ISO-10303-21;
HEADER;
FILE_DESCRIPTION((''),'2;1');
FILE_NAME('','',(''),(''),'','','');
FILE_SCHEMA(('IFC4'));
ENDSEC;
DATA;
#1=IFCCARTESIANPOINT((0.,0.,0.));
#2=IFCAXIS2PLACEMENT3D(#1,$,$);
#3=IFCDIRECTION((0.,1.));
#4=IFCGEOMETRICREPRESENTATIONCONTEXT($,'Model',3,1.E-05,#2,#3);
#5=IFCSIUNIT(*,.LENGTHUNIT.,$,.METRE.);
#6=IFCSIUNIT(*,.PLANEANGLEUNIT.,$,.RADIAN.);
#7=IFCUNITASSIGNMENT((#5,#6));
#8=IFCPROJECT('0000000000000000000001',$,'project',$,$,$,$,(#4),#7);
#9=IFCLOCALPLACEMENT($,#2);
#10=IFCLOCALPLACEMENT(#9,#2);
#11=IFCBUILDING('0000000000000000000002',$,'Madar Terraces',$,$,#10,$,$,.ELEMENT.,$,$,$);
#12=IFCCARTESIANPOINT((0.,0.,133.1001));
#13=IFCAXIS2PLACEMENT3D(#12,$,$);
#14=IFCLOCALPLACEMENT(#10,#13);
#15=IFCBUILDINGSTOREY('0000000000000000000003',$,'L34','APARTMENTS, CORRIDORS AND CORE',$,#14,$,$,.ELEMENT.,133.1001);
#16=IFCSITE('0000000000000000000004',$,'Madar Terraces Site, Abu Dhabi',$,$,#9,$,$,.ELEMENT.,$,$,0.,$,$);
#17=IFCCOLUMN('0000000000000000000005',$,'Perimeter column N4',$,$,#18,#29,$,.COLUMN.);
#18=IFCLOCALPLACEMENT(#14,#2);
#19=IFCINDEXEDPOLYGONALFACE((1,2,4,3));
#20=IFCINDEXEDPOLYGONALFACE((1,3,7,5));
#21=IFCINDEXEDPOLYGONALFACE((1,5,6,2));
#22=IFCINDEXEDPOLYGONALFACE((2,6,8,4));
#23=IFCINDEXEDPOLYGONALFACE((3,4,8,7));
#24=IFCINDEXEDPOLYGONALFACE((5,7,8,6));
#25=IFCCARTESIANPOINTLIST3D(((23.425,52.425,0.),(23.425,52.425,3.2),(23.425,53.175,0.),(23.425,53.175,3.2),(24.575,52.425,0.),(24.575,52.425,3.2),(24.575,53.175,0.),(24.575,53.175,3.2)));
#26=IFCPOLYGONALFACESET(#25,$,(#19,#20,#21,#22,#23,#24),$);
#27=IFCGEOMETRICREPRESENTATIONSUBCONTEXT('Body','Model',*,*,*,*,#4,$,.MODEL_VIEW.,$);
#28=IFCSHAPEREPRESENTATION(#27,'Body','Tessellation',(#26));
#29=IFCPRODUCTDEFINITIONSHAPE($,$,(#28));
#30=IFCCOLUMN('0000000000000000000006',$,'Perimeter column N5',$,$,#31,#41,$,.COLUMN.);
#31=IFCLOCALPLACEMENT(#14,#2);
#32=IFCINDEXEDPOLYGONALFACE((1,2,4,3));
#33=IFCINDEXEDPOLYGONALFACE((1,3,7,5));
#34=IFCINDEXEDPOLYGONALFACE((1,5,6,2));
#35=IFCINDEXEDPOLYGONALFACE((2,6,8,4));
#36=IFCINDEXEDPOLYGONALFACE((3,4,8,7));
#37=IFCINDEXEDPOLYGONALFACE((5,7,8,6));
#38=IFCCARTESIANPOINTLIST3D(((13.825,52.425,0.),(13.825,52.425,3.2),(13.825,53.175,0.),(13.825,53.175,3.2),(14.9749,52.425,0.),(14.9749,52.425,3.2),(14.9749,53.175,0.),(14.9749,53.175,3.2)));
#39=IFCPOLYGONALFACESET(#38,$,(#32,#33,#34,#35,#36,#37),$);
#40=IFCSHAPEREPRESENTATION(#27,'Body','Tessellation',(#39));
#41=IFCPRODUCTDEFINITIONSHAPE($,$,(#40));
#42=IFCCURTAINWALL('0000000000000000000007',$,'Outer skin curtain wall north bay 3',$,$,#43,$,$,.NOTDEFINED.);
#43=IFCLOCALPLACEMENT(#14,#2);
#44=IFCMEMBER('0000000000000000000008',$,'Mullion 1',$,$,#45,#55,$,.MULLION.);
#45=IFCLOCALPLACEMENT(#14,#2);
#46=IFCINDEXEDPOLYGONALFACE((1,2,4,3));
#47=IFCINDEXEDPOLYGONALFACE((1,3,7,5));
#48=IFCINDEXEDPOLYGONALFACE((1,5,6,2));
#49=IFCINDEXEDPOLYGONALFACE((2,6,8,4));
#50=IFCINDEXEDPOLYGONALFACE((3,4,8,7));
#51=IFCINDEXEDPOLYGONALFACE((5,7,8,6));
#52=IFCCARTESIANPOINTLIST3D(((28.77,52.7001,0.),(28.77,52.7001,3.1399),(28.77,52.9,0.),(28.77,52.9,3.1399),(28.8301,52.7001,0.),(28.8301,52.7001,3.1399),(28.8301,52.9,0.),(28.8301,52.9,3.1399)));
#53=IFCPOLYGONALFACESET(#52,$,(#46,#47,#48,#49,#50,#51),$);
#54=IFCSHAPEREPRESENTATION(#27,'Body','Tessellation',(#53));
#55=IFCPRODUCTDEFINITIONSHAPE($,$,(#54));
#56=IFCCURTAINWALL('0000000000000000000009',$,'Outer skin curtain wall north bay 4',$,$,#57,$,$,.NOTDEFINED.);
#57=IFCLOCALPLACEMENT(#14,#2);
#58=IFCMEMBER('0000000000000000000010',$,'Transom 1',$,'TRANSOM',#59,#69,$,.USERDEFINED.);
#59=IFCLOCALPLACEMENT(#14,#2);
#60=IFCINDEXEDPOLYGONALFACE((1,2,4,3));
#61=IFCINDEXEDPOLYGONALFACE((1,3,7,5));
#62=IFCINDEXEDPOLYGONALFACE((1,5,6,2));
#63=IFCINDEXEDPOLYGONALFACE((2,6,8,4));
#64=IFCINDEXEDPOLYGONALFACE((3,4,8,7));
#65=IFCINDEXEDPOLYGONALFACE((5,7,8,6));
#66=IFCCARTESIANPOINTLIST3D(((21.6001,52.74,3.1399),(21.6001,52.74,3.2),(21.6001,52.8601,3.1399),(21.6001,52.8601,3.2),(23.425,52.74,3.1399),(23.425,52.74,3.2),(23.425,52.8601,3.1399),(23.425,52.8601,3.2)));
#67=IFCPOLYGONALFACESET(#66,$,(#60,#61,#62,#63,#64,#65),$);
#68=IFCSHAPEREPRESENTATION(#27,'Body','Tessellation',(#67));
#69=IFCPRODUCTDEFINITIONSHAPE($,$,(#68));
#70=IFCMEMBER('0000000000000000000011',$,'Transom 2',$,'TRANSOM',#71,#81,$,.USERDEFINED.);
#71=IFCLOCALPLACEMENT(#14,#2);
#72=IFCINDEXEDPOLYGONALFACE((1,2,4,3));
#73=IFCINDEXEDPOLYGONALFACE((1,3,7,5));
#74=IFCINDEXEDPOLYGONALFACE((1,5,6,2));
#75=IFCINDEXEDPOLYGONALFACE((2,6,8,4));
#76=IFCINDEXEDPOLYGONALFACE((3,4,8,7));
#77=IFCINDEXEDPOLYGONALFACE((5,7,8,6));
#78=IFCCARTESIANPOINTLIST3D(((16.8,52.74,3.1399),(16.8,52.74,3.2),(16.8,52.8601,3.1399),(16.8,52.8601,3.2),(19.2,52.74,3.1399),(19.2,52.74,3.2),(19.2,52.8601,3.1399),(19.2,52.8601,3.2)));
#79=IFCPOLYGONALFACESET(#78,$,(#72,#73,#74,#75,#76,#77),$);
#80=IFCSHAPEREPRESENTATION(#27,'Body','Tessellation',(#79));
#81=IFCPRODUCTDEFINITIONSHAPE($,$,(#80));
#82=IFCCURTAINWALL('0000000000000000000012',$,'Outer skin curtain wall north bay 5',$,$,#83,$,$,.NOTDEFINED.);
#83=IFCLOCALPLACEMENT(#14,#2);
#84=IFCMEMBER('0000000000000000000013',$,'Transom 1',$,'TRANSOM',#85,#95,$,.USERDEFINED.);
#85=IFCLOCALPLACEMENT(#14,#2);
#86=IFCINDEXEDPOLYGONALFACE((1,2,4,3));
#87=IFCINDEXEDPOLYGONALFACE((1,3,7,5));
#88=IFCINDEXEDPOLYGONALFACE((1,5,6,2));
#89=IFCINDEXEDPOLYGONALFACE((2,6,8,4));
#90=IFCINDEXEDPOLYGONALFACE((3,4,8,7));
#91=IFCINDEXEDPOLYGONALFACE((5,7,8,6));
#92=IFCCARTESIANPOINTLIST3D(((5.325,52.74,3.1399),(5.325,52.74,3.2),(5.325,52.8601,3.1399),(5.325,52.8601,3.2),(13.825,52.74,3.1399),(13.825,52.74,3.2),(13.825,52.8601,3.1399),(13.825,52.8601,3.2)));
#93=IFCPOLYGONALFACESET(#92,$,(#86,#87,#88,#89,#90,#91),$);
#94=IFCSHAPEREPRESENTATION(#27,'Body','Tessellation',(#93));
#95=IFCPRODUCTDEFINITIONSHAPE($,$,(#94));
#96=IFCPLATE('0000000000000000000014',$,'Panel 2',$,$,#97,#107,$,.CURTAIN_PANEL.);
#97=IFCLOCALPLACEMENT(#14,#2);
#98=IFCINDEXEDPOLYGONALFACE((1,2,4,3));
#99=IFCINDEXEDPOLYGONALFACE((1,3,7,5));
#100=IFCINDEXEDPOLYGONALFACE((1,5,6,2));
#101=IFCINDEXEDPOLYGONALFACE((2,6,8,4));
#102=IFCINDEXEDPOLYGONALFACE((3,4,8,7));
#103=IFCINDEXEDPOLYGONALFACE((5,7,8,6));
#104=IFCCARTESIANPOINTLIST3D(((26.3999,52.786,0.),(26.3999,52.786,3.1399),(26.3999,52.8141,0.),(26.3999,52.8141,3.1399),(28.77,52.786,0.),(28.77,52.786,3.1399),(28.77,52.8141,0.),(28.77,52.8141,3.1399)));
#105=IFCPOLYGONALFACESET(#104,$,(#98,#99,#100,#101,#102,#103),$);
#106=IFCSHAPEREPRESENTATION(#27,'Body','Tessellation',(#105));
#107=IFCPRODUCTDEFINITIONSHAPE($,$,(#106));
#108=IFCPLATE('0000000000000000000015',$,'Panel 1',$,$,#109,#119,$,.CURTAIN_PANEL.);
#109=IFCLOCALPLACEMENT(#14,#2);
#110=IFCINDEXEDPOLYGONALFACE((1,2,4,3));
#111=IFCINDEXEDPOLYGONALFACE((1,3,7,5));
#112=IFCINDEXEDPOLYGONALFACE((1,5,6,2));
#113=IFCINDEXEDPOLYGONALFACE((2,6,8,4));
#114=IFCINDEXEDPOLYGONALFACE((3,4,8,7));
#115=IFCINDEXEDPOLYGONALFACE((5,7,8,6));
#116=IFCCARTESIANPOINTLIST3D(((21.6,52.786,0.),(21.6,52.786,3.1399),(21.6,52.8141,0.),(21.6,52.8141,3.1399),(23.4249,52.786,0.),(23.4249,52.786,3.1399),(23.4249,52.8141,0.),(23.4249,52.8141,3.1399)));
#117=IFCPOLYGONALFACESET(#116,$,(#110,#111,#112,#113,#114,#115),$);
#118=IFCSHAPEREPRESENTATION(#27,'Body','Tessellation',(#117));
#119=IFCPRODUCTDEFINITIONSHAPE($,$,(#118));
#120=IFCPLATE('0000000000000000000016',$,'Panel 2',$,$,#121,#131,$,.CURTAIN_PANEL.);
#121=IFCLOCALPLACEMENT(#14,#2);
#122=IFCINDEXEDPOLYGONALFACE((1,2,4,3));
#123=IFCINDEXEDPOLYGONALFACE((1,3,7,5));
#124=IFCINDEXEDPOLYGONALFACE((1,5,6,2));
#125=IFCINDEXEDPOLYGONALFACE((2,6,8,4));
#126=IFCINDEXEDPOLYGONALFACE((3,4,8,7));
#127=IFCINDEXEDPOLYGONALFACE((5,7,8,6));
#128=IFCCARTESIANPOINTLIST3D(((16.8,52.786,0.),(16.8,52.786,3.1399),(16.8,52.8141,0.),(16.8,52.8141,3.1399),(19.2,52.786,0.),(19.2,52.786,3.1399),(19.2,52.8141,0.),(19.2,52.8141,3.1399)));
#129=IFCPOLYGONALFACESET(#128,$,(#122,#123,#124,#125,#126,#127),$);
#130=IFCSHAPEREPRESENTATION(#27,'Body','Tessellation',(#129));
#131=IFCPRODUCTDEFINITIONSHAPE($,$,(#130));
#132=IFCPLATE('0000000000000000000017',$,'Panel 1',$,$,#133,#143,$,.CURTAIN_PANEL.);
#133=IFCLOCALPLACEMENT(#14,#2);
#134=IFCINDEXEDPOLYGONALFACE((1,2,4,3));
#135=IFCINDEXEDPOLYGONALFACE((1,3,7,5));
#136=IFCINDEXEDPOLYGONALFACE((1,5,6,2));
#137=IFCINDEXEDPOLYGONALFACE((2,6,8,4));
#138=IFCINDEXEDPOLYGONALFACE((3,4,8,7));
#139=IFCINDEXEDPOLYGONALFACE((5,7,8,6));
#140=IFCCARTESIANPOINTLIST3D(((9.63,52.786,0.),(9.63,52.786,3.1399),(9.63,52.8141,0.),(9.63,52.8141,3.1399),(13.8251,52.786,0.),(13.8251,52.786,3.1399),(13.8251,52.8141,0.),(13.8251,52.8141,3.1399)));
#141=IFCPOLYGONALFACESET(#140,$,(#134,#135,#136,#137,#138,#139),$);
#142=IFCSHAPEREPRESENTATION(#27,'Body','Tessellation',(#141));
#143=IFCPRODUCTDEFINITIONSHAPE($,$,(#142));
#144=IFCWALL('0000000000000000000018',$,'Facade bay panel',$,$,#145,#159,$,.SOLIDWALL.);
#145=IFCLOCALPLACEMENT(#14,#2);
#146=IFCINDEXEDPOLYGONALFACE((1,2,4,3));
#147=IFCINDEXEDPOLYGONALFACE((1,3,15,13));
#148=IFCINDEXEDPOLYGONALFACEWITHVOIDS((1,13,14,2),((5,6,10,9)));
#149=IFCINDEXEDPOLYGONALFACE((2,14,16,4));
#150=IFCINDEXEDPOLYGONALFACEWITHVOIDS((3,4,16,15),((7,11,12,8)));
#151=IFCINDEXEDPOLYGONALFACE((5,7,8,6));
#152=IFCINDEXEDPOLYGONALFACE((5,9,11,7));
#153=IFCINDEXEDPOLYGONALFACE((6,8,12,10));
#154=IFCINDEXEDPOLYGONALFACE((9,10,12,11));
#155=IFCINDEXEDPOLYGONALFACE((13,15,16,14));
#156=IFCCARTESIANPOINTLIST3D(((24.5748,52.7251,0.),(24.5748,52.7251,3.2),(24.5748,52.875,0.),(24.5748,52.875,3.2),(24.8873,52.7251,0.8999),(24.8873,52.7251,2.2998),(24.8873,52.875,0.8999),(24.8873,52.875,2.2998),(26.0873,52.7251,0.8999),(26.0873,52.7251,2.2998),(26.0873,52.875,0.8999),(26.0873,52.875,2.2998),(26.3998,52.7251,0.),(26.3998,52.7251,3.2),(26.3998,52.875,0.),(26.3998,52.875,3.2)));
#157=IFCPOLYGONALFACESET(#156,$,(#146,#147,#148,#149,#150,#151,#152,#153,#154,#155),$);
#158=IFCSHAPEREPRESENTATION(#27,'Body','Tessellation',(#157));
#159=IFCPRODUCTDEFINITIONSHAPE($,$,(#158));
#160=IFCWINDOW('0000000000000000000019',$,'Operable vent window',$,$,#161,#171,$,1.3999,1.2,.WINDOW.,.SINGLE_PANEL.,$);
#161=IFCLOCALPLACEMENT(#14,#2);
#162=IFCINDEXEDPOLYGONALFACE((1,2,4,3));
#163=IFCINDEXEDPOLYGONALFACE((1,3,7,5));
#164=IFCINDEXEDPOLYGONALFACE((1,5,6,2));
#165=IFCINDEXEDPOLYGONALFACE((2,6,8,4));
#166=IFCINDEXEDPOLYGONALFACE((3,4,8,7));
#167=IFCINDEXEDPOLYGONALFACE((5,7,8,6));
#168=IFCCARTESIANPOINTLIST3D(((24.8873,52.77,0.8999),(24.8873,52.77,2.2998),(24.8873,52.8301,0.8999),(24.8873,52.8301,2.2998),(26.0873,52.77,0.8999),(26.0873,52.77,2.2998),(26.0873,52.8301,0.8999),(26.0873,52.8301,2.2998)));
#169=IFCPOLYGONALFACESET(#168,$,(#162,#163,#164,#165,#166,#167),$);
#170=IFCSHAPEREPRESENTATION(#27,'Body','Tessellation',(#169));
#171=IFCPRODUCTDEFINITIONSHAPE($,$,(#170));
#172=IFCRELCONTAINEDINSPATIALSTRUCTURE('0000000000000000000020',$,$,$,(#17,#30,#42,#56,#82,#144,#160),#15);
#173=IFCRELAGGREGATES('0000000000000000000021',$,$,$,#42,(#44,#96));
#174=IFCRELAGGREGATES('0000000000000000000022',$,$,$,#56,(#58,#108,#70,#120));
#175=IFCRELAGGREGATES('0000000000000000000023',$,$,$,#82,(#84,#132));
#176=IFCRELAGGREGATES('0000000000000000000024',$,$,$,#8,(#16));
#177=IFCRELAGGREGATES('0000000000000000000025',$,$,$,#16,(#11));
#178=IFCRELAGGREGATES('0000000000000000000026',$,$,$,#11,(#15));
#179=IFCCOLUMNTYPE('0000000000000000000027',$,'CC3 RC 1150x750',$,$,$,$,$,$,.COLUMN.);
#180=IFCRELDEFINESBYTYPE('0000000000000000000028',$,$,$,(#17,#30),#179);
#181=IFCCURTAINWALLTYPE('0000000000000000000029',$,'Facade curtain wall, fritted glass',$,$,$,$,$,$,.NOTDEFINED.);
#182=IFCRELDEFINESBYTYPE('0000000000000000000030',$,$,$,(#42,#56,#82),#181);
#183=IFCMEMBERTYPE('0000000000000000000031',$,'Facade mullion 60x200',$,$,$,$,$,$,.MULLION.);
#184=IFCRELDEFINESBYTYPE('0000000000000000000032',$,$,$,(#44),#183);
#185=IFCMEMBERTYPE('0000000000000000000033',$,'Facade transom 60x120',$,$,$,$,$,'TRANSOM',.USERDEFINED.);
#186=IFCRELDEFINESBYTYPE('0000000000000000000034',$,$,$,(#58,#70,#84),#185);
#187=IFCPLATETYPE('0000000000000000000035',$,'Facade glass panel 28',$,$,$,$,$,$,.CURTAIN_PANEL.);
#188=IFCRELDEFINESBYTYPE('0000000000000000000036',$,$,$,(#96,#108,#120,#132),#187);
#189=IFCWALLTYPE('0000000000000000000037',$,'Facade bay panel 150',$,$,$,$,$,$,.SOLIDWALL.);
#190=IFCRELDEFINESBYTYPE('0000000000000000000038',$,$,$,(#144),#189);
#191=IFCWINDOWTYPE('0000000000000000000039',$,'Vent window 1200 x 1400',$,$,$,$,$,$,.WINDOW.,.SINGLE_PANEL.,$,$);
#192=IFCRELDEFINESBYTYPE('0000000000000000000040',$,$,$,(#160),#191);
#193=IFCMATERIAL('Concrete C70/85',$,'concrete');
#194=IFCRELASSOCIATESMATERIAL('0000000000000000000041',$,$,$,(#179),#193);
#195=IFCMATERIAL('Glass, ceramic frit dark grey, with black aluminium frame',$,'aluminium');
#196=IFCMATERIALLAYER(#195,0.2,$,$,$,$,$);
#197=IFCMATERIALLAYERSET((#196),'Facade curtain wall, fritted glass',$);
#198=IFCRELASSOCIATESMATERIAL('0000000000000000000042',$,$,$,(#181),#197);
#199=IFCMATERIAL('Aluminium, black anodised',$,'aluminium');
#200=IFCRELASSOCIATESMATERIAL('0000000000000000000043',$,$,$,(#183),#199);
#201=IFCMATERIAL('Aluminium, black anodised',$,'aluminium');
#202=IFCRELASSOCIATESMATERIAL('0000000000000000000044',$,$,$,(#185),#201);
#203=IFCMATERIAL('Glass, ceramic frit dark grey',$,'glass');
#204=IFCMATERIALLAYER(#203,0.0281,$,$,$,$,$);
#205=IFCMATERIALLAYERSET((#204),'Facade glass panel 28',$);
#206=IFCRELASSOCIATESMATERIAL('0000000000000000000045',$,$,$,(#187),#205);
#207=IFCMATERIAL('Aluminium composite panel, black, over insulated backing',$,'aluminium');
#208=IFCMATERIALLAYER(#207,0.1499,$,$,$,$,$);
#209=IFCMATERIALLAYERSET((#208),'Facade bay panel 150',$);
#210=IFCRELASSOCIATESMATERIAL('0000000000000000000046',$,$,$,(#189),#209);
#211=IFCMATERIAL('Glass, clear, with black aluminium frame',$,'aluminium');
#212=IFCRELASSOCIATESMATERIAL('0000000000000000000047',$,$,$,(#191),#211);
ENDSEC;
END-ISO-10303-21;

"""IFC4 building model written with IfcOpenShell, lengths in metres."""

from ifc_helpers import new_model, si_unit, direction, frame, frame_2d, origin, origin_2d, place, context, subcontext, project, spatial, rectangle, extrude, material, layer, layer_set, material_profile, profile_set, type_object, element, fill, aggregate, save


model = new_model("IFC4")

# Units and contexts
model_context = context("Model", 3, precision=1e-05, world=origin(), true_north=direction((0.0, 1.0)))
body_context = subcontext(model_context, "Body", "Model", "MODEL_VIEW")
ifc_project = project(units=[si_unit("LENGTHUNIT", "METRE"), si_unit("PLANEANGLEUNIT", "RADIAN")], contexts=[model_context])

# Site, building, storey
site_placement = place(None, origin())
site = spatial("IfcSite", under=ifc_project, at=site_placement, Name="Madar Terraces Site, Abu Dhabi", CompositionType="ELEMENT", RefElevation=0.0)
building_placement = place(site_placement, origin())
building = spatial("IfcBuilding", under=site, at=building_placement, Name="Madar Terraces", CompositionType="ELEMENT")
storey_placement = place(building_placement, frame((0.0, 0.0, 133.1001)))
storey = spatial("IfcBuildingStorey", under=building, at=storey_placement, Name="L34", Description="APARTMENTS, CORRIDORS AND CORE", CompositionType="ELEMENT", Elevation=133.1001)

# Columns
ifc_material_1 = material(Name="Concrete C70/85", Category="concrete")
ifc_material_profile_1 = material_profile(ifc_material_1, rectangle(XDim=1.1499, YDim=0.75, at=origin_2d()), Name="CC3 RC 1150x750")
ifc_profile_set_1 = profile_set([ifc_material_profile_1], Name="Concrete C70/85")
column_type = type_object("IfcColumnType", Name="CC3 RC 1150x750", PredefinedType="COLUMN", material=ifc_profile_set_1)
for number, where, z_axis, x_axis, name in (
    (1, (24.0, 52.8, 0.0), (0.0, 0.0, 1.0), (1.0, 0.0, 0.0), "Perimeter column N4"),
    (2, (14.3999, 52.8, 0.0), (0.0, 0.0, 1.0), (1.0, 0.0, 0.0), "Perimeter column N5"),
):
    element("IfcColumn", number, at=place(storey_placement, frame(where, z_axis=z_axis, x_axis=x_axis)), inside=storey, type_object=column_type, Name=name, PredefinedType="COLUMN", context=body_context, shape_type="SweptSolid", body=[
        extrude(rectangle(XDim=1.1499, YDim=0.75, at=origin_2d()), origin(), (0.0, 0.0, 1.0), 3.2),
    ])

# Curtain wall, member
ifc_material_2 = material(Name="Glass, ceramic frit dark grey, with black aluminium frame", Category="aluminium")
ifc_layer_1 = layer(ifc_material_2, 0.2)
ifc_layer_set_1 = layer_set([ifc_layer_1], Name="Facade curtain wall, fritted glass")
curtain_wall_type = type_object("IfcCurtainWallType", Name="Facade curtain wall, fritted glass", PredefinedType="NOTDEFINED", material=ifc_layer_set_1)
curtain_wall_1_placement = place(storey_placement, origin())
curtain_wall_1 = element("IfcCurtainWall", 3, at=curtain_wall_1_placement, inside=storey, type_object=curtain_wall_type, Name="Outer skin curtain wall north bay 3", PredefinedType="NOTDEFINED")
ifc_material_3 = material(Name="Aluminium, black anodised", Category="aluminium")
ifc_material_profile_2 = material_profile(ifc_material_3, rectangle(XDim=0.2, YDim=0.0601, at=origin_2d()), Name="Facade mullion 60x200")
ifc_profile_set_2 = profile_set([ifc_material_profile_2], Name="Aluminium, black anodised")
member_type_1 = type_object("IfcMemberType", Name="Facade mullion 60x200", PredefinedType="MULLION", material=ifc_profile_set_2)
member_1_placement = place(storey_placement, frame((28.8, 52.8, 0.0), z_axis=(0.0, 0.0, 1.0), x_axis=(0.0, -1.0, 0.0)))
member_1 = element("IfcMember", 4, at=member_1_placement, type_object=member_type_1, Name="Mullion 1", PredefinedType="MULLION", context=body_context, shape_type="SweptSolid", body=[
    extrude(rectangle(XDim=0.2, YDim=0.0601, at=origin_2d()), origin(), (0.0, 0.0, 1.0), 3.1399),
])

# Curtain wall, members
curtain_wall_2_placement = place(storey_placement, origin())
curtain_wall_2 = element("IfcCurtainWall", 5, at=curtain_wall_2_placement, inside=storey, type_object=curtain_wall_type, Name="Outer skin curtain wall north bay 4", PredefinedType="NOTDEFINED")
ifc_material_4 = material(Name="Aluminium, black anodised", Category="aluminium")
ifc_material_profile_3 = material_profile(ifc_material_4, rectangle(XDim=0.1201, YDim=0.0601, at=origin_2d()), Name="Facade transom 60x120")
ifc_profile_set_3 = profile_set([ifc_material_profile_3], Name="Aluminium, black anodised")
member_type_2 = type_object("IfcMemberType", Name="Facade transom 60x120", ElementType="TRANSOM", PredefinedType="USERDEFINED", material=ifc_profile_set_3)
member_2_placement = place(storey_placement, frame((23.425, 52.8, 3.1699), z_axis=(-1.0, 0.0, 0.0), x_axis=(0.0, -1.0, 0.0)))
member_2 = element("IfcMember", 6, at=member_2_placement, type_object=member_type_2, Name="Transom 1", ObjectType="TRANSOM", PredefinedType="USERDEFINED", context=body_context, shape_type="SweptSolid", body=[
    extrude(rectangle(XDim=0.1201, YDim=0.0601, at=origin_2d()), origin(), (0.0, 0.0, 1.0), 1.825),
])
member_3_placement = place(storey_placement, frame((19.2, 52.8, 3.1699), z_axis=(-1.0, 0.0, 0.0), x_axis=(0.0, -1.0, 0.0)))
member_3 = element("IfcMember", 7, at=member_3_placement, type_object=member_type_2, Name="Transom 2", ObjectType="TRANSOM", PredefinedType="USERDEFINED", context=body_context, shape_type="SweptSolid", body=[
    extrude(rectangle(XDim=0.1201, YDim=0.0601, at=origin_2d()), origin(), (0.0, 0.0, 1.0), 2.3999),
])

# Curtain wall, member
curtain_wall_3_placement = place(storey_placement, origin())
curtain_wall_3 = element("IfcCurtainWall", 8, at=curtain_wall_3_placement, inside=storey, type_object=curtain_wall_type, Name="Outer skin curtain wall north bay 5", PredefinedType="NOTDEFINED")
member_4_placement = place(storey_placement, frame((13.825, 52.8, 3.1699), z_axis=(-1.0, 0.0, 0.0), x_axis=(0.0, -1.0, 0.0)))
member_4 = element("IfcMember", 9, at=member_4_placement, type_object=member_type_2, Name="Transom 1", ObjectType="TRANSOM", PredefinedType="USERDEFINED", context=body_context, shape_type="SweptSolid", body=[
    extrude(rectangle(XDim=0.1201, YDim=0.0601, at=origin_2d()), origin(), (0.0, 0.0, 1.0), 8.5),
])

# Plates
ifc_material_5 = material(Name="Glass, ceramic frit dark grey", Category="glass")
ifc_layer_2 = layer(ifc_material_5, 0.0281)
ifc_layer_set_2 = layer_set([ifc_layer_2], Name="Facade glass panel 28")
plate_type = type_object("IfcPlateType", Name="Facade glass panel 28", PredefinedType="CURTAIN_PANEL", material=ifc_layer_set_2)
plate_1_placement = place(storey_placement, frame((27.585, 52.8, 0.0), z_axis=(0.0, 0.0, 1.0), x_axis=(-1.0, 0.0, 0.0)))
plate_1 = element("IfcPlate", 10, at=plate_1_placement, type_object=plate_type, Name="Panel 2", PredefinedType="CURTAIN_PANEL", context=body_context, shape_type="SweptSolid", body=[
    extrude(rectangle(XDim=2.3701, YDim=0.0281, at=origin_2d()), origin(), (0.0, 0.0, 1.0), 3.1399),
])
aggregate(curtain_wall_1, [member_1, plate_1])
plate_2_placement = place(storey_placement, frame((22.5125, 52.8, 0.0), z_axis=(0.0, 0.0, 1.0), x_axis=(-1.0, 0.0, 0.0)))
plate_2 = element("IfcPlate", 11, at=plate_2_placement, type_object=plate_type, Name="Panel 1", PredefinedType="CURTAIN_PANEL", context=body_context, shape_type="SweptSolid", body=[
    extrude(rectangle(XDim=1.825, YDim=0.0281, at=origin_2d()), origin(), (0.0, 0.0, 1.0), 3.1399),
])
plate_3_placement = place(storey_placement, frame((18.0, 52.8, 0.0), z_axis=(0.0, 0.0, 1.0), x_axis=(-1.0, 0.0, 0.0)))
plate_3 = element("IfcPlate", 12, at=plate_3_placement, type_object=plate_type, Name="Panel 2", PredefinedType="CURTAIN_PANEL", context=body_context, shape_type="SweptSolid", body=[
    extrude(rectangle(XDim=2.3999, YDim=0.0281, at=origin_2d()), origin(), (0.0, 0.0, 1.0), 3.1399),
])
aggregate(curtain_wall_2, [member_2, plate_2, member_3, plate_3])
plate_4_placement = place(storey_placement, frame((11.7275, 52.8, 0.0), z_axis=(0.0, 0.0, 1.0), x_axis=(-1.0, 0.0, 0.0)))
plate_4 = element("IfcPlate", 13, at=plate_4_placement, type_object=plate_type, Name="Panel 1", PredefinedType="CURTAIN_PANEL", context=body_context, shape_type="SweptSolid", body=[
    extrude(rectangle(XDim=4.1951, YDim=0.0281, at=origin_2d()), origin(), (0.0, 0.0, 1.0), 3.1399),
])
aggregate(curtain_wall_3, [member_4, plate_4])

# Wall, opening, window
ifc_material_6 = material(Name="Aluminium composite panel, black, over insulated backing", Category="aluminium")
ifc_layer_3 = layer(ifc_material_6, 0.1499)
ifc_layer_set_3 = layer_set([ifc_layer_3], Name="Facade bay panel 150")
wall_type_1 = type_object("IfcWallType", Name="Facade bay panel 150", PredefinedType="SOLIDWALL", material=ifc_layer_set_3)
wall_1_placement = place(storey_placement, frame((26.3999, 52.8, 0.0), z_axis=(0.0, 0.0, 1.0), x_axis=(-1.0, 0.0, 0.0)))
wall_1 = element("IfcWall", 14, at=wall_1_placement, inside=storey, type_object=wall_type_1, Name="Facade bay panel", PredefinedType="SOLIDWALL", context=body_context, shape_type="SweptSolid", body=[
    extrude(rectangle(XDim=1.825, YDim=0.1499, at=frame_2d((0.9126, 0.0))), origin(), (0.0, 0.0, 1.0), 3.2),
])
opening_1_placement = place(wall_1_placement, frame((0.3125, 0.0, 0.8999)))
opening_1 = element("IfcOpeningElement", 15, at=opening_1_placement, cuts=wall_1, PredefinedType="OPENING", context=body_context, shape_type="SweptSolid", body=[
    extrude(rectangle(XDim=1.2, YDim=1.3999, at=frame_2d((0.6001, 0.7))), frame((0.0, 0.085, 0.0), z_axis=(0.0, -1.0, 0.0), x_axis=(1.0, 0.0, 0.0)), (0.0, 0.0, 1.0), 0.1699),
])
ifc_material_7 = material(Name="Glass, clear, with black aluminium frame", Category="aluminium")
window_type = type_object("IfcWindowType", Name="Vent window 1200 x 1400", PartitioningType="SINGLE_PANEL", PredefinedType="WINDOW", material=ifc_material_7)
window_1_placement = place(opening_1_placement, origin())
window_1 = element("IfcWindow", 16, at=window_1_placement, inside=storey, type_object=window_type, Name="Operable vent window", OverallHeight=1.3999, OverallWidth=1.2, PartitioningType="SINGLE_PANEL", PredefinedType="WINDOW", context=body_context, shape_type="SweptSolid", body=[
    extrude(rectangle(XDim=1.2, YDim=1.3999, at=frame_2d((0.6001, 0.7))), frame((0.0, 0.03, 0.0), z_axis=(0.0, -1.0, 0.0), x_axis=(1.0, 0.0, 0.0)), (0.0, 0.0, 1.0), 0.0601),
])
fill(opening_1, window_1)

save(model, "model.ifc")
